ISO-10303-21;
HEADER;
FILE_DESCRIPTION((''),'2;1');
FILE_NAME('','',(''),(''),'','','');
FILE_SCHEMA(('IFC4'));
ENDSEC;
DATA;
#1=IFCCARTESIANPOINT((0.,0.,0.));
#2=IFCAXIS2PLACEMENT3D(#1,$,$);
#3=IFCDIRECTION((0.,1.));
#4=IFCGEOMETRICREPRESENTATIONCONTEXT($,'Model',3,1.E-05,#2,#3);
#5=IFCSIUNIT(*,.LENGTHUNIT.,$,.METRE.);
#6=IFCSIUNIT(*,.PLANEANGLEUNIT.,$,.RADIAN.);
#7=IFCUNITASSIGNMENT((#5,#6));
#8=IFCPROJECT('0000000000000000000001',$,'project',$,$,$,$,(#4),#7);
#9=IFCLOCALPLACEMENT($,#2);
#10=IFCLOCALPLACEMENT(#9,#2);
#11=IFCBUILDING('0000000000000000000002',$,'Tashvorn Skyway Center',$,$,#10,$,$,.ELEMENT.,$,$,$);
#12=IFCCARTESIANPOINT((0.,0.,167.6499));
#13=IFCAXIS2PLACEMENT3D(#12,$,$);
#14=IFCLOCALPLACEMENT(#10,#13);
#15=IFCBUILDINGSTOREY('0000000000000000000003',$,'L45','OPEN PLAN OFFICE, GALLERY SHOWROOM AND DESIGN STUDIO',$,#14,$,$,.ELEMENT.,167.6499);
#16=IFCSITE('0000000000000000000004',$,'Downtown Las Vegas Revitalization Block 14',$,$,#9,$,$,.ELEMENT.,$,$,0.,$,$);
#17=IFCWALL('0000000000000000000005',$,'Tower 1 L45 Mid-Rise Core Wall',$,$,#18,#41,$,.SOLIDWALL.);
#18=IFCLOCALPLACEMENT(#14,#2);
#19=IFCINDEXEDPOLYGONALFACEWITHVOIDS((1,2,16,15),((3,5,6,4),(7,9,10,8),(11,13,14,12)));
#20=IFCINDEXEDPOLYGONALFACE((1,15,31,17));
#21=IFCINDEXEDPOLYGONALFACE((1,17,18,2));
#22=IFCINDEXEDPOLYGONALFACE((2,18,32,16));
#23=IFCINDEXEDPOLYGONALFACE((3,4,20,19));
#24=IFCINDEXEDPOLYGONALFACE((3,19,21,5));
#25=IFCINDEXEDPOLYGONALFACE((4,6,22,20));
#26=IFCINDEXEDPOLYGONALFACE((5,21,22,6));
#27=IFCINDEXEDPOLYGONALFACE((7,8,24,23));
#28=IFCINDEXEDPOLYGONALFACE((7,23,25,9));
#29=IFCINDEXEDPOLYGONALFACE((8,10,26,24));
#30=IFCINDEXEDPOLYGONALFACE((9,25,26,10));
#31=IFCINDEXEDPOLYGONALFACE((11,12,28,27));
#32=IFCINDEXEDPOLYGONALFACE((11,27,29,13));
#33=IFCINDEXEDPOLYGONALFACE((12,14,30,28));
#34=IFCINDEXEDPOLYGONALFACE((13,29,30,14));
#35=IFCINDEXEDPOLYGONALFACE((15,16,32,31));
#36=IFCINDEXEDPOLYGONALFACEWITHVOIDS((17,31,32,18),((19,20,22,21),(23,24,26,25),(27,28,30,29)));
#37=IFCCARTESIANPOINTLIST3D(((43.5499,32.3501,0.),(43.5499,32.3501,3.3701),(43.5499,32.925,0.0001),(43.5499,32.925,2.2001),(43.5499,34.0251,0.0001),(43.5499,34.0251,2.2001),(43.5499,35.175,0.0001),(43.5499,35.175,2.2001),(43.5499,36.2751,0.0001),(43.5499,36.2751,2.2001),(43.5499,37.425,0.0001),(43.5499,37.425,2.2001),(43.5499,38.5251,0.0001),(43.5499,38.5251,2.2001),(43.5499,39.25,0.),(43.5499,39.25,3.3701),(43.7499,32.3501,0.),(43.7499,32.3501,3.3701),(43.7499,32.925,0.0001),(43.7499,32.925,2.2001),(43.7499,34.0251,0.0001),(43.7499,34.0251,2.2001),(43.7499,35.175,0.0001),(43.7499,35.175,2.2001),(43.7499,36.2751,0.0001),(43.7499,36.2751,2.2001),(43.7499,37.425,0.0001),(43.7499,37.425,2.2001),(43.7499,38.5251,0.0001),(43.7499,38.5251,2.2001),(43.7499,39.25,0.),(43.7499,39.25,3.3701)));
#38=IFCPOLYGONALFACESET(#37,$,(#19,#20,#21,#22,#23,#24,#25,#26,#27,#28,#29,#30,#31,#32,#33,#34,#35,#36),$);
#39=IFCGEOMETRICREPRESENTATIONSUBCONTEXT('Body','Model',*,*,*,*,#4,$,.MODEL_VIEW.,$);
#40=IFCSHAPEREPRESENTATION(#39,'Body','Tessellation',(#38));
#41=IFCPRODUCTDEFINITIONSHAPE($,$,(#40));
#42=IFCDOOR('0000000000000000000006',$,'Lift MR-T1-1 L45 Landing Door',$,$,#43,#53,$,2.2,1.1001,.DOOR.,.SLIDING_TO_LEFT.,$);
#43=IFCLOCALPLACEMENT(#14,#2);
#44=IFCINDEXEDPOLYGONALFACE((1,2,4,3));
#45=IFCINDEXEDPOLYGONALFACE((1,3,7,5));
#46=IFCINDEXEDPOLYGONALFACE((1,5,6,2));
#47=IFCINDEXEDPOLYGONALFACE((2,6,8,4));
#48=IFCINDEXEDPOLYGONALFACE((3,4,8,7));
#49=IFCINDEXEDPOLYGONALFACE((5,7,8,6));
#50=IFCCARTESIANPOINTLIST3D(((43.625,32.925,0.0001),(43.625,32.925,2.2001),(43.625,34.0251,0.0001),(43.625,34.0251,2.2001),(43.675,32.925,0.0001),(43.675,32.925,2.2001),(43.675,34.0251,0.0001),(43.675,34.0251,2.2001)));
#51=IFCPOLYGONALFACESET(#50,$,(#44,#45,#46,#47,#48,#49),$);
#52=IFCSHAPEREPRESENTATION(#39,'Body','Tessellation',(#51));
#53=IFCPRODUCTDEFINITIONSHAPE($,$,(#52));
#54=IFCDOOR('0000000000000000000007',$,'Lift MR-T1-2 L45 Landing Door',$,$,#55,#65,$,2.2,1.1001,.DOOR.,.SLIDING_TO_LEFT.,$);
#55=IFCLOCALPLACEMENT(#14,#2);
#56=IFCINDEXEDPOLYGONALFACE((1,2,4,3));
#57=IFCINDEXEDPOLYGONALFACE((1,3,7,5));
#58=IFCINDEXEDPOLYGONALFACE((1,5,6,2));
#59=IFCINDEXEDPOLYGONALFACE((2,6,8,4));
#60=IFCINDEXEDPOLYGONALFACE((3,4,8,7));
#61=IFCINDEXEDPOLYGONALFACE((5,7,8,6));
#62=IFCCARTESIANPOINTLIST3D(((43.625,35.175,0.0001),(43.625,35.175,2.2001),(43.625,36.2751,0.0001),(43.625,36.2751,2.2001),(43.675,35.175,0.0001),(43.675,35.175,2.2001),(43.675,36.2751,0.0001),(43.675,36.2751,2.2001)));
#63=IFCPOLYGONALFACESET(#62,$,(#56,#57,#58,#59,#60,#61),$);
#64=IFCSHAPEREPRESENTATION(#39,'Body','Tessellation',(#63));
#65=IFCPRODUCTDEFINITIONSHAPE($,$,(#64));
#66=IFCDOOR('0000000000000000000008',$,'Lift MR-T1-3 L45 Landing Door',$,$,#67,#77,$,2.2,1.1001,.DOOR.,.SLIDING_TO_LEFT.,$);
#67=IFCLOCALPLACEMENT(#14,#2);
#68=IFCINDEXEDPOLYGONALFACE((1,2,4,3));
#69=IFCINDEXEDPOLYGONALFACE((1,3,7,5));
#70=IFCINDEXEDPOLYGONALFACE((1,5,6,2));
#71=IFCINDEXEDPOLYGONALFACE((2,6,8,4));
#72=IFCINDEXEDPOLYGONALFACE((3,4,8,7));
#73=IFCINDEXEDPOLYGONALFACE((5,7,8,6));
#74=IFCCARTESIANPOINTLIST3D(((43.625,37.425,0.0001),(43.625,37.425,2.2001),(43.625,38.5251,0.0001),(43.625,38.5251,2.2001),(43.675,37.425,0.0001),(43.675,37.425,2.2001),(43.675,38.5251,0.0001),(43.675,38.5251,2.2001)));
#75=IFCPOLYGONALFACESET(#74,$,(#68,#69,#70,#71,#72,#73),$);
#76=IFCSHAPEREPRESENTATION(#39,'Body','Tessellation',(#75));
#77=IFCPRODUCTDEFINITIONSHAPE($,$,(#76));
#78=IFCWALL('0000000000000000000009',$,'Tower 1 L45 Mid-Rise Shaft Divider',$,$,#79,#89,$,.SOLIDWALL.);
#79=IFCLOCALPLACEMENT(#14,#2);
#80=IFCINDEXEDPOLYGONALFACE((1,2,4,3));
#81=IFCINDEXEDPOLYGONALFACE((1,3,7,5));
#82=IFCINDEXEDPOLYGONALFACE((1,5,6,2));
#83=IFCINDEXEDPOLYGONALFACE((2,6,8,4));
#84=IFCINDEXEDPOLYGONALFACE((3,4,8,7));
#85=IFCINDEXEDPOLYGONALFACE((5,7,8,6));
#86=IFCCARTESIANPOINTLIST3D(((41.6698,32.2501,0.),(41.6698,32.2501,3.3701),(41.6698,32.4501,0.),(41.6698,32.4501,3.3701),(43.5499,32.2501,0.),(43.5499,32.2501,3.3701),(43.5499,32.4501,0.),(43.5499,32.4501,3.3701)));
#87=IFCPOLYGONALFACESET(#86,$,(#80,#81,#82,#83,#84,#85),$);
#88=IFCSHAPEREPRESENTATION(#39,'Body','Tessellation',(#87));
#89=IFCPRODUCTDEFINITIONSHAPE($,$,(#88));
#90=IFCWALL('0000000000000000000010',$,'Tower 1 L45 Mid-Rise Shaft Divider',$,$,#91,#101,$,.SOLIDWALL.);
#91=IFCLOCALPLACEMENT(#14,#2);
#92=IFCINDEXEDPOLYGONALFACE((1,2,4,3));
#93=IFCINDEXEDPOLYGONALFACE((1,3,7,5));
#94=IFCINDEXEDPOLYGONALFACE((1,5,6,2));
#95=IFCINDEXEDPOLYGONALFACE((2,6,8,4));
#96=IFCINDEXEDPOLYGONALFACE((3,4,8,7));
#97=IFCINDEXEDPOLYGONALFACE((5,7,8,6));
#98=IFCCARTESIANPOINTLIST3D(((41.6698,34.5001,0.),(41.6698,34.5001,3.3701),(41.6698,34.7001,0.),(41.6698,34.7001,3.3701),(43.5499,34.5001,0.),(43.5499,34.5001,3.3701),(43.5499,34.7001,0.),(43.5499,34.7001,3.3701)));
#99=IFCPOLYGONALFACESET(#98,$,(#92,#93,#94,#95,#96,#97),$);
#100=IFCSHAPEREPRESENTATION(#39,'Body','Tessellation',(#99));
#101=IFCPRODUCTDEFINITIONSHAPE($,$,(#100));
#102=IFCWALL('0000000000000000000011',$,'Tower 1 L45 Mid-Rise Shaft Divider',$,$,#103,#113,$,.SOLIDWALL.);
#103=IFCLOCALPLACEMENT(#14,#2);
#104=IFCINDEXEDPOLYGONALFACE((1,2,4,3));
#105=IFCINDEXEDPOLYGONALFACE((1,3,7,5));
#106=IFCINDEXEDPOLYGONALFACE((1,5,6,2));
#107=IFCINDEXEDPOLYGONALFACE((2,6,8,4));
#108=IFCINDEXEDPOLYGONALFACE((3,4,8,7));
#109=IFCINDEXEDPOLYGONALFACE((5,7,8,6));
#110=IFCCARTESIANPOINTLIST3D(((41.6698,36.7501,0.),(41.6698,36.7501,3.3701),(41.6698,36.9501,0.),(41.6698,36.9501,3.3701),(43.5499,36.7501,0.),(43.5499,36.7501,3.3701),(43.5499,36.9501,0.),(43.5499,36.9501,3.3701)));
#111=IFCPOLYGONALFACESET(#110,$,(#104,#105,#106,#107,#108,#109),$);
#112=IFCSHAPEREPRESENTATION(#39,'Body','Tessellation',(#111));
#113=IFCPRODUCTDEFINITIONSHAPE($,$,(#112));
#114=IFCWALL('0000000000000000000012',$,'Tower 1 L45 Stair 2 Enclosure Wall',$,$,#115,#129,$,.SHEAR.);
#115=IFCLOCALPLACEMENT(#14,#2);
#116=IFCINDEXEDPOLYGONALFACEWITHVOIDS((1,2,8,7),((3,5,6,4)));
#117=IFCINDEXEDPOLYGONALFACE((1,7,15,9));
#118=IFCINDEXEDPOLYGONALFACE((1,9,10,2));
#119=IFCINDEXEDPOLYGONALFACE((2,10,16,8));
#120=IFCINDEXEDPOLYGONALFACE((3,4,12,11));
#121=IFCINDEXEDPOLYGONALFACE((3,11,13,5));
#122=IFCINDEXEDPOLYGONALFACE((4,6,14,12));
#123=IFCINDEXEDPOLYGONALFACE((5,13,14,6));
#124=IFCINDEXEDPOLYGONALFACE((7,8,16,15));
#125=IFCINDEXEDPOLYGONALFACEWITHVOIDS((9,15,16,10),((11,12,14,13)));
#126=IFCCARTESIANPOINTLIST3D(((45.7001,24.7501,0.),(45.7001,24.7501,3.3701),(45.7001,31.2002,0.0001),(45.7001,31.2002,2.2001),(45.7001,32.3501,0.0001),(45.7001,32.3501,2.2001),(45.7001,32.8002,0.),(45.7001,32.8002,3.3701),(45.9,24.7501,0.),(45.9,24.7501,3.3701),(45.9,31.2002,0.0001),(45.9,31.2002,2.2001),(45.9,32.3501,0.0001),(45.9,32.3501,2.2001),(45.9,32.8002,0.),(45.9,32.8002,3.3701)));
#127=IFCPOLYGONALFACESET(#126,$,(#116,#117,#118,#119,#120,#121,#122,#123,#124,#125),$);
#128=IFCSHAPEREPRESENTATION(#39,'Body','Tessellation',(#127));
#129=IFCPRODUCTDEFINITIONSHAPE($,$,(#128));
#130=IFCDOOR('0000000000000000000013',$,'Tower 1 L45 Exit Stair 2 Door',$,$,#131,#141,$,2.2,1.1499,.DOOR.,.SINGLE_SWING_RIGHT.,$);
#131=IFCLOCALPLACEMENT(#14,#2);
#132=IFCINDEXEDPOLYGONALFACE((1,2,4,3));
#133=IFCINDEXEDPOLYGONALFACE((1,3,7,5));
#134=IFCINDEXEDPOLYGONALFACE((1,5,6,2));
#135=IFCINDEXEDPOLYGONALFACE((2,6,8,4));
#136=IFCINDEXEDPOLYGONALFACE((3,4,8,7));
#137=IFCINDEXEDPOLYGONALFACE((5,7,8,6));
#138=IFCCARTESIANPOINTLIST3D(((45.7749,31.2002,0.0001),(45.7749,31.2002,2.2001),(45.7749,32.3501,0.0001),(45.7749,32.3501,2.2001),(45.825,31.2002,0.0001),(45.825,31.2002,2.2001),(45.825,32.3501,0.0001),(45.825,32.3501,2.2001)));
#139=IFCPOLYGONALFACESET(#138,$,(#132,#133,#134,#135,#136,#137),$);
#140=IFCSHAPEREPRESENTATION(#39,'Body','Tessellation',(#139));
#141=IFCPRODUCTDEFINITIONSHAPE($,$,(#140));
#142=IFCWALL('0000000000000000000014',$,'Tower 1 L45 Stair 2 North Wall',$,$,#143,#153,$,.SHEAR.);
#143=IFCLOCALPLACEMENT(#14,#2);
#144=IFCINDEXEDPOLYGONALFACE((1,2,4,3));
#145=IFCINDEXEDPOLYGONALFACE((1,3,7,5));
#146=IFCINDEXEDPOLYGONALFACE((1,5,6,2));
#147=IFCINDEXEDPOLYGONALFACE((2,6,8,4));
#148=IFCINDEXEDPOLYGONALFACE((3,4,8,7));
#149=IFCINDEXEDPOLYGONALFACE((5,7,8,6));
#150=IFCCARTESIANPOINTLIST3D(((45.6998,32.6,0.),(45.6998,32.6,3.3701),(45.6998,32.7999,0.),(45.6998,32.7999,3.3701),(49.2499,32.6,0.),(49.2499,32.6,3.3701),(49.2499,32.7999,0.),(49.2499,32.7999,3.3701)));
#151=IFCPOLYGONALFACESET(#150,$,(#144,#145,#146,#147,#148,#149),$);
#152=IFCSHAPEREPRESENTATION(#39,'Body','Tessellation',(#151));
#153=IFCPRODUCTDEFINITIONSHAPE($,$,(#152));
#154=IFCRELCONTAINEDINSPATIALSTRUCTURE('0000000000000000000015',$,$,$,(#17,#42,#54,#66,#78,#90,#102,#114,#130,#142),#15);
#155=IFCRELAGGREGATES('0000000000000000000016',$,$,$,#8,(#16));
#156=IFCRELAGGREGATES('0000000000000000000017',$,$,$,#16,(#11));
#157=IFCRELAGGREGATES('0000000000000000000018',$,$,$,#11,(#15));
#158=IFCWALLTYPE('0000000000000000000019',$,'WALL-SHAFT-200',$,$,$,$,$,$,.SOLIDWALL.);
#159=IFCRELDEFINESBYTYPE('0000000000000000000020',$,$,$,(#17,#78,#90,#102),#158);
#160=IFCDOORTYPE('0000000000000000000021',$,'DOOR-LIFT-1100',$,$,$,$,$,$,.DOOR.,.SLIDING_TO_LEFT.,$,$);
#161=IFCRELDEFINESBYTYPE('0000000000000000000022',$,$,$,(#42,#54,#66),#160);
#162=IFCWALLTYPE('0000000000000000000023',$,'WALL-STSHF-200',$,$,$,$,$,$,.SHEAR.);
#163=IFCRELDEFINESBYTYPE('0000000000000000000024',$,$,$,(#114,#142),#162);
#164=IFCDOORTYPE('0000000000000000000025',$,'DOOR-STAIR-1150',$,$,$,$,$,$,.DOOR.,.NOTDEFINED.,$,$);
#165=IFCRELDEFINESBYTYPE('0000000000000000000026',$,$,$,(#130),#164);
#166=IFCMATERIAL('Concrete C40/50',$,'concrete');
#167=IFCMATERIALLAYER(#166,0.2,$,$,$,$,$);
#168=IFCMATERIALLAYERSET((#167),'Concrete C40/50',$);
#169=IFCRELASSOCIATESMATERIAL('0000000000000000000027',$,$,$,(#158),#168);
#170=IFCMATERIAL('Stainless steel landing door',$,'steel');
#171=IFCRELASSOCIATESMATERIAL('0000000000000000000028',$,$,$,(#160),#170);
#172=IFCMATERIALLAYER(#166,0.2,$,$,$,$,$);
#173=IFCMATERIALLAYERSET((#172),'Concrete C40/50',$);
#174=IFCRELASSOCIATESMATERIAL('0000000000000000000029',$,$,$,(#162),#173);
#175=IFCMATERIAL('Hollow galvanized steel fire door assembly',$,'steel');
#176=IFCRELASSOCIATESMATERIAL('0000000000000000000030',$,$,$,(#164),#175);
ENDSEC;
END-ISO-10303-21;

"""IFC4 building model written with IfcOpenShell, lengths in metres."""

from ifc_helpers import new_model, si_unit, direction, frame, frame_2d, origin, place, context, subcontext, project, spatial, rectangle, extrude, material, layer, layer_set, type_object, element, fill, save


model = new_model("IFC4")

# Units and contexts
model_context = context("Model", 3, precision=1e-05, world=origin(), true_north=direction((0.0, 1.0)))
body_context = subcontext(model_context, "Body", "Model", "MODEL_VIEW")
ifc_project = project(units=[si_unit("LENGTHUNIT", "METRE"), si_unit("PLANEANGLEUNIT", "RADIAN")], contexts=[model_context])

# Site, building, storey
site_placement = place(None, origin())
site = spatial("IfcSite", under=ifc_project, at=site_placement, Name="Downtown Las Vegas Revitalization Block 14", CompositionType="ELEMENT", RefElevation=0.0)
building_placement = place(site_placement, origin())
building = spatial("IfcBuilding", under=site, at=building_placement, Name="Tashvorn Skyway Center", CompositionType="ELEMENT")
storey_placement = place(building_placement, frame((0.0, 0.0, 167.6499)))
storey = spatial("IfcBuildingStorey", under=building, at=storey_placement, Name="L45", Description="OPEN PLAN OFFICE, GALLERY SHOWROOM AND DESIGN STUDIO", CompositionType="ELEMENT", Elevation=167.6499)

# Shared definitions
ifc_material_1 = material(Name="Concrete C40/50", Category="concrete")

# Shared definitions
ifc_material_2 = material(Name="Hollow galvanized steel fire door assembly", Category="steel")

# Shared definitions
ifc_layer_1 = layer(ifc_material_1, 0.2)
ifc_layer_set_1 = layer_set([ifc_layer_1], Name="Concrete C40/50")
wall_type_1 = type_object("IfcWallType", Name="WALL-SHAFT-200", PredefinedType="SOLIDWALL", material=ifc_layer_set_1)

# Wall, openings, doors
wall_1_placement = place(storey_placement, frame((43.6499, 32.3501, 0.0), z_axis=(0.0, 0.0, 1.0), x_axis=(0.0, 1.0, 0.0)))
wall_1 = element("IfcWall", 1, at=wall_1_placement, inside=storey, type_object=wall_type_1, Name="Tower 1 L45 Mid-Rise Core Wall", PredefinedType="SOLIDWALL", context=body_context, shape_type="SweptSolid", body=[
    extrude(rectangle(XDim=6.8999, YDim=0.2, at=frame_2d((3.45, 0.0))), origin(), (0.0, 0.0, 1.0), 3.3701),
])
opening_1_placement = place(wall_1_placement, frame((0.575, 0.0, 0.0)))
opening_1 = element("IfcOpeningElement", 2, at=opening_1_placement, cuts=wall_1, PredefinedType="OPENING", context=body_context, shape_type="SweptSolid", body=[
    extrude(rectangle(XDim=1.1001, YDim=2.2, at=frame_2d((0.55, 1.1001))), frame((0.0, 0.1099, 0.0), z_axis=(0.0, -1.0, 0.0), x_axis=(1.0, 0.0, 0.0)), (0.0, 0.0, 1.0), 0.22),
])
opening_2_placement = place(wall_1_placement, frame((2.825, 0.0, 0.0)))
opening_2 = element("IfcOpeningElement", 3, at=opening_2_placement, cuts=wall_1, PredefinedType="OPENING", context=body_context, shape_type="SweptSolid", body=[
    extrude(rectangle(XDim=1.1001, YDim=2.2, at=frame_2d((0.55, 1.1001))), frame((0.0, 0.1099, 0.0), z_axis=(0.0, -1.0, 0.0), x_axis=(1.0, 0.0, 0.0)), (0.0, 0.0, 1.0), 0.22),
])
opening_3_placement = place(wall_1_placement, frame((5.075, 0.0, 0.0)))
opening_3 = element("IfcOpeningElement", 4, at=opening_3_placement, cuts=wall_1, PredefinedType="OPENING", context=body_context, shape_type="SweptSolid", body=[
    extrude(rectangle(XDim=1.1001, YDim=2.2, at=frame_2d((0.55, 1.1001))), frame((0.0, 0.1099, 0.0), z_axis=(0.0, -1.0, 0.0), x_axis=(1.0, 0.0, 0.0)), (0.0, 0.0, 1.0), 0.22),
])
ifc_material_3 = material(Name="Stainless steel landing door", Category="steel")
door_type_1 = type_object("IfcDoorType", Name="DOOR-LIFT-1100", OperationType="SLIDING_TO_LEFT", PredefinedType="DOOR", material=ifc_material_3)
door_1_placement = place(opening_1_placement, origin())
door_1 = element("IfcDoor", 5, at=door_1_placement, inside=storey, type_object=door_type_1, Name="Lift MR-T1-1 L45 Landing Door", OperationType="SLIDING_TO_LEFT", OverallHeight=2.2, OverallWidth=1.1001, PredefinedType="DOOR", context=body_context, shape_type="SweptSolid", body=[
    extrude(rectangle(XDim=1.1001, YDim=2.2, at=frame_2d((0.55, 1.1001))), frame((0.0, 0.0249, 0.0), z_axis=(0.0, -1.0, 0.0), x_axis=(1.0, 0.0, 0.0)), (0.0, 0.0, 1.0), 0.05),
])
fill(opening_1, door_1)
door_2_placement = place(opening_2_placement, origin())
door_2 = element("IfcDoor", 6, at=door_2_placement, inside=storey, type_object=door_type_1, Name="Lift MR-T1-2 L45 Landing Door", OperationType="SLIDING_TO_LEFT", OverallHeight=2.2, OverallWidth=1.1001, PredefinedType="DOOR", context=body_context, shape_type="SweptSolid", body=[
    extrude(rectangle(XDim=1.1001, YDim=2.2, at=frame_2d((0.55, 1.1001))), frame((0.0, 0.0249, 0.0), z_axis=(0.0, -1.0, 0.0), x_axis=(1.0, 0.0, 0.0)), (0.0, 0.0, 1.0), 0.05),
])
fill(opening_2, door_2)
door_3_placement = place(opening_3_placement, origin())
door_3 = element("IfcDoor", 7, at=door_3_placement, inside=storey, type_object=door_type_1, Name="Lift MR-T1-3 L45 Landing Door", OperationType="SLIDING_TO_LEFT", OverallHeight=2.2, OverallWidth=1.1001, PredefinedType="DOOR", context=body_context, shape_type="SweptSolid", body=[
    extrude(rectangle(XDim=1.1001, YDim=2.2, at=frame_2d((0.55, 1.1001))), frame((0.0, 0.0249, 0.0), z_axis=(0.0, -1.0, 0.0), x_axis=(1.0, 0.0, 0.0)), (0.0, 0.0, 1.0), 0.05),
])
fill(opening_3, door_3)

# Walls
for number, where, z_axis, x_axis, name in (
    (8, (41.6699, 32.3501, 0.0), (0.0, 0.0, 1.0), (1.0, 0.0, 0.0), "Tower 1 L45 Mid-Rise Shaft Divider"),
    (9, (41.6699, 34.6001, 0.0), (0.0, 0.0, 1.0), (1.0, 0.0, 0.0), "Tower 1 L45 Mid-Rise Shaft Divider"),
    (10, (41.6699, 36.8501, 0.0), (0.0, 0.0, 1.0), (1.0, 0.0, 0.0), "Tower 1 L45 Mid-Rise Shaft Divider"),
):
    element("IfcWall", number, at=place(storey_placement, frame(where, z_axis=z_axis, x_axis=x_axis)), inside=storey, type_object=wall_type_1, Name=name, PredefinedType="SOLIDWALL", context=body_context, shape_type="SweptSolid", body=[
        extrude(rectangle(XDim=1.8801, YDim=0.2, at=frame_2d((0.9399, 0.0))), origin(), (0.0, 0.0, 1.0), 3.3701),
    ])

# Wall, opening, door
ifc_layer_2 = layer(ifc_material_1, 0.2)
ifc_layer_set_2 = layer_set([ifc_layer_2], Name="Concrete C40/50")
wall_type_2 = type_object("IfcWallType", Name="WALL-STSHF-200", PredefinedType="SHEAR", material=ifc_layer_set_2)
wall_2_placement = place(storey_placement, frame((45.8, 32.8, 0.0), z_axis=(0.0, 0.0, 1.0), x_axis=(0.0, -1.0, 0.0)))
wall_2 = element("IfcWall", 11, at=wall_2_placement, inside=storey, type_object=wall_type_2, Name="Tower 1 L45 Stair 2 Enclosure Wall", PredefinedType="SHEAR", context=body_context, shape_type="SweptSolid", body=[
    extrude(rectangle(XDim=8.05, YDim=0.2, at=frame_2d((4.0249, 0.0))), origin(), (0.0, 0.0, 1.0), 3.3701),
])
opening_4_placement = place(wall_2_placement, frame((0.45, 0.0, 0.0)))
opening_4 = element("IfcOpeningElement", 12, at=opening_4_placement, cuts=wall_2, PredefinedType="OPENING", context=body_context, shape_type="SweptSolid", body=[
    extrude(rectangle(XDim=1.1499, YDim=2.2, at=frame_2d((0.575, 1.1001))), frame((0.0, 0.1099, 0.0), z_axis=(0.0, -1.0, 0.0), x_axis=(1.0, 0.0, 0.0)), (0.0, 0.0, 1.0), 0.22),
])
door_type_2 = type_object("IfcDoorType", Name="DOOR-STAIR-1150", OperationType="NOTDEFINED", PredefinedType="DOOR", material=ifc_material_2)
door_4_placement = place(opening_4_placement, origin())
door_4 = element("IfcDoor", 13, at=door_4_placement, inside=storey, type_object=door_type_2, Name="Tower 1 L45 Exit Stair 2 Door", OperationType="SINGLE_SWING_RIGHT", OverallHeight=2.2, OverallWidth=1.1499, PredefinedType="DOOR", context=body_context, shape_type="SweptSolid", body=[
    extrude(rectangle(XDim=1.1499, YDim=2.2, at=frame_2d((0.575, 1.1001))), frame((0.0, 0.0249, 0.0), z_axis=(0.0, -1.0, 0.0), x_axis=(1.0, 0.0, 0.0)), (0.0, 0.0, 1.0), 0.05),
])
fill(opening_4, door_4)

# Wall
wall_3_placement = place(storey_placement, frame((45.7, 32.7, 0.0), z_axis=(0.0, 0.0, 1.0), x_axis=(1.0, 0.0, 0.0)))
element("IfcWall", 14, at=wall_3_placement, inside=storey, type_object=wall_type_2, Name="Tower 1 L45 Stair 2 North Wall", PredefinedType="SHEAR", context=body_context, shape_type="SweptSolid", body=[
    extrude(rectangle(XDim=3.55, YDim=0.2, at=frame_2d((1.7749, 0.0))), origin(), (0.0, 0.0, 1.0), 3.3701),
])

save(model, "model.ifc")
